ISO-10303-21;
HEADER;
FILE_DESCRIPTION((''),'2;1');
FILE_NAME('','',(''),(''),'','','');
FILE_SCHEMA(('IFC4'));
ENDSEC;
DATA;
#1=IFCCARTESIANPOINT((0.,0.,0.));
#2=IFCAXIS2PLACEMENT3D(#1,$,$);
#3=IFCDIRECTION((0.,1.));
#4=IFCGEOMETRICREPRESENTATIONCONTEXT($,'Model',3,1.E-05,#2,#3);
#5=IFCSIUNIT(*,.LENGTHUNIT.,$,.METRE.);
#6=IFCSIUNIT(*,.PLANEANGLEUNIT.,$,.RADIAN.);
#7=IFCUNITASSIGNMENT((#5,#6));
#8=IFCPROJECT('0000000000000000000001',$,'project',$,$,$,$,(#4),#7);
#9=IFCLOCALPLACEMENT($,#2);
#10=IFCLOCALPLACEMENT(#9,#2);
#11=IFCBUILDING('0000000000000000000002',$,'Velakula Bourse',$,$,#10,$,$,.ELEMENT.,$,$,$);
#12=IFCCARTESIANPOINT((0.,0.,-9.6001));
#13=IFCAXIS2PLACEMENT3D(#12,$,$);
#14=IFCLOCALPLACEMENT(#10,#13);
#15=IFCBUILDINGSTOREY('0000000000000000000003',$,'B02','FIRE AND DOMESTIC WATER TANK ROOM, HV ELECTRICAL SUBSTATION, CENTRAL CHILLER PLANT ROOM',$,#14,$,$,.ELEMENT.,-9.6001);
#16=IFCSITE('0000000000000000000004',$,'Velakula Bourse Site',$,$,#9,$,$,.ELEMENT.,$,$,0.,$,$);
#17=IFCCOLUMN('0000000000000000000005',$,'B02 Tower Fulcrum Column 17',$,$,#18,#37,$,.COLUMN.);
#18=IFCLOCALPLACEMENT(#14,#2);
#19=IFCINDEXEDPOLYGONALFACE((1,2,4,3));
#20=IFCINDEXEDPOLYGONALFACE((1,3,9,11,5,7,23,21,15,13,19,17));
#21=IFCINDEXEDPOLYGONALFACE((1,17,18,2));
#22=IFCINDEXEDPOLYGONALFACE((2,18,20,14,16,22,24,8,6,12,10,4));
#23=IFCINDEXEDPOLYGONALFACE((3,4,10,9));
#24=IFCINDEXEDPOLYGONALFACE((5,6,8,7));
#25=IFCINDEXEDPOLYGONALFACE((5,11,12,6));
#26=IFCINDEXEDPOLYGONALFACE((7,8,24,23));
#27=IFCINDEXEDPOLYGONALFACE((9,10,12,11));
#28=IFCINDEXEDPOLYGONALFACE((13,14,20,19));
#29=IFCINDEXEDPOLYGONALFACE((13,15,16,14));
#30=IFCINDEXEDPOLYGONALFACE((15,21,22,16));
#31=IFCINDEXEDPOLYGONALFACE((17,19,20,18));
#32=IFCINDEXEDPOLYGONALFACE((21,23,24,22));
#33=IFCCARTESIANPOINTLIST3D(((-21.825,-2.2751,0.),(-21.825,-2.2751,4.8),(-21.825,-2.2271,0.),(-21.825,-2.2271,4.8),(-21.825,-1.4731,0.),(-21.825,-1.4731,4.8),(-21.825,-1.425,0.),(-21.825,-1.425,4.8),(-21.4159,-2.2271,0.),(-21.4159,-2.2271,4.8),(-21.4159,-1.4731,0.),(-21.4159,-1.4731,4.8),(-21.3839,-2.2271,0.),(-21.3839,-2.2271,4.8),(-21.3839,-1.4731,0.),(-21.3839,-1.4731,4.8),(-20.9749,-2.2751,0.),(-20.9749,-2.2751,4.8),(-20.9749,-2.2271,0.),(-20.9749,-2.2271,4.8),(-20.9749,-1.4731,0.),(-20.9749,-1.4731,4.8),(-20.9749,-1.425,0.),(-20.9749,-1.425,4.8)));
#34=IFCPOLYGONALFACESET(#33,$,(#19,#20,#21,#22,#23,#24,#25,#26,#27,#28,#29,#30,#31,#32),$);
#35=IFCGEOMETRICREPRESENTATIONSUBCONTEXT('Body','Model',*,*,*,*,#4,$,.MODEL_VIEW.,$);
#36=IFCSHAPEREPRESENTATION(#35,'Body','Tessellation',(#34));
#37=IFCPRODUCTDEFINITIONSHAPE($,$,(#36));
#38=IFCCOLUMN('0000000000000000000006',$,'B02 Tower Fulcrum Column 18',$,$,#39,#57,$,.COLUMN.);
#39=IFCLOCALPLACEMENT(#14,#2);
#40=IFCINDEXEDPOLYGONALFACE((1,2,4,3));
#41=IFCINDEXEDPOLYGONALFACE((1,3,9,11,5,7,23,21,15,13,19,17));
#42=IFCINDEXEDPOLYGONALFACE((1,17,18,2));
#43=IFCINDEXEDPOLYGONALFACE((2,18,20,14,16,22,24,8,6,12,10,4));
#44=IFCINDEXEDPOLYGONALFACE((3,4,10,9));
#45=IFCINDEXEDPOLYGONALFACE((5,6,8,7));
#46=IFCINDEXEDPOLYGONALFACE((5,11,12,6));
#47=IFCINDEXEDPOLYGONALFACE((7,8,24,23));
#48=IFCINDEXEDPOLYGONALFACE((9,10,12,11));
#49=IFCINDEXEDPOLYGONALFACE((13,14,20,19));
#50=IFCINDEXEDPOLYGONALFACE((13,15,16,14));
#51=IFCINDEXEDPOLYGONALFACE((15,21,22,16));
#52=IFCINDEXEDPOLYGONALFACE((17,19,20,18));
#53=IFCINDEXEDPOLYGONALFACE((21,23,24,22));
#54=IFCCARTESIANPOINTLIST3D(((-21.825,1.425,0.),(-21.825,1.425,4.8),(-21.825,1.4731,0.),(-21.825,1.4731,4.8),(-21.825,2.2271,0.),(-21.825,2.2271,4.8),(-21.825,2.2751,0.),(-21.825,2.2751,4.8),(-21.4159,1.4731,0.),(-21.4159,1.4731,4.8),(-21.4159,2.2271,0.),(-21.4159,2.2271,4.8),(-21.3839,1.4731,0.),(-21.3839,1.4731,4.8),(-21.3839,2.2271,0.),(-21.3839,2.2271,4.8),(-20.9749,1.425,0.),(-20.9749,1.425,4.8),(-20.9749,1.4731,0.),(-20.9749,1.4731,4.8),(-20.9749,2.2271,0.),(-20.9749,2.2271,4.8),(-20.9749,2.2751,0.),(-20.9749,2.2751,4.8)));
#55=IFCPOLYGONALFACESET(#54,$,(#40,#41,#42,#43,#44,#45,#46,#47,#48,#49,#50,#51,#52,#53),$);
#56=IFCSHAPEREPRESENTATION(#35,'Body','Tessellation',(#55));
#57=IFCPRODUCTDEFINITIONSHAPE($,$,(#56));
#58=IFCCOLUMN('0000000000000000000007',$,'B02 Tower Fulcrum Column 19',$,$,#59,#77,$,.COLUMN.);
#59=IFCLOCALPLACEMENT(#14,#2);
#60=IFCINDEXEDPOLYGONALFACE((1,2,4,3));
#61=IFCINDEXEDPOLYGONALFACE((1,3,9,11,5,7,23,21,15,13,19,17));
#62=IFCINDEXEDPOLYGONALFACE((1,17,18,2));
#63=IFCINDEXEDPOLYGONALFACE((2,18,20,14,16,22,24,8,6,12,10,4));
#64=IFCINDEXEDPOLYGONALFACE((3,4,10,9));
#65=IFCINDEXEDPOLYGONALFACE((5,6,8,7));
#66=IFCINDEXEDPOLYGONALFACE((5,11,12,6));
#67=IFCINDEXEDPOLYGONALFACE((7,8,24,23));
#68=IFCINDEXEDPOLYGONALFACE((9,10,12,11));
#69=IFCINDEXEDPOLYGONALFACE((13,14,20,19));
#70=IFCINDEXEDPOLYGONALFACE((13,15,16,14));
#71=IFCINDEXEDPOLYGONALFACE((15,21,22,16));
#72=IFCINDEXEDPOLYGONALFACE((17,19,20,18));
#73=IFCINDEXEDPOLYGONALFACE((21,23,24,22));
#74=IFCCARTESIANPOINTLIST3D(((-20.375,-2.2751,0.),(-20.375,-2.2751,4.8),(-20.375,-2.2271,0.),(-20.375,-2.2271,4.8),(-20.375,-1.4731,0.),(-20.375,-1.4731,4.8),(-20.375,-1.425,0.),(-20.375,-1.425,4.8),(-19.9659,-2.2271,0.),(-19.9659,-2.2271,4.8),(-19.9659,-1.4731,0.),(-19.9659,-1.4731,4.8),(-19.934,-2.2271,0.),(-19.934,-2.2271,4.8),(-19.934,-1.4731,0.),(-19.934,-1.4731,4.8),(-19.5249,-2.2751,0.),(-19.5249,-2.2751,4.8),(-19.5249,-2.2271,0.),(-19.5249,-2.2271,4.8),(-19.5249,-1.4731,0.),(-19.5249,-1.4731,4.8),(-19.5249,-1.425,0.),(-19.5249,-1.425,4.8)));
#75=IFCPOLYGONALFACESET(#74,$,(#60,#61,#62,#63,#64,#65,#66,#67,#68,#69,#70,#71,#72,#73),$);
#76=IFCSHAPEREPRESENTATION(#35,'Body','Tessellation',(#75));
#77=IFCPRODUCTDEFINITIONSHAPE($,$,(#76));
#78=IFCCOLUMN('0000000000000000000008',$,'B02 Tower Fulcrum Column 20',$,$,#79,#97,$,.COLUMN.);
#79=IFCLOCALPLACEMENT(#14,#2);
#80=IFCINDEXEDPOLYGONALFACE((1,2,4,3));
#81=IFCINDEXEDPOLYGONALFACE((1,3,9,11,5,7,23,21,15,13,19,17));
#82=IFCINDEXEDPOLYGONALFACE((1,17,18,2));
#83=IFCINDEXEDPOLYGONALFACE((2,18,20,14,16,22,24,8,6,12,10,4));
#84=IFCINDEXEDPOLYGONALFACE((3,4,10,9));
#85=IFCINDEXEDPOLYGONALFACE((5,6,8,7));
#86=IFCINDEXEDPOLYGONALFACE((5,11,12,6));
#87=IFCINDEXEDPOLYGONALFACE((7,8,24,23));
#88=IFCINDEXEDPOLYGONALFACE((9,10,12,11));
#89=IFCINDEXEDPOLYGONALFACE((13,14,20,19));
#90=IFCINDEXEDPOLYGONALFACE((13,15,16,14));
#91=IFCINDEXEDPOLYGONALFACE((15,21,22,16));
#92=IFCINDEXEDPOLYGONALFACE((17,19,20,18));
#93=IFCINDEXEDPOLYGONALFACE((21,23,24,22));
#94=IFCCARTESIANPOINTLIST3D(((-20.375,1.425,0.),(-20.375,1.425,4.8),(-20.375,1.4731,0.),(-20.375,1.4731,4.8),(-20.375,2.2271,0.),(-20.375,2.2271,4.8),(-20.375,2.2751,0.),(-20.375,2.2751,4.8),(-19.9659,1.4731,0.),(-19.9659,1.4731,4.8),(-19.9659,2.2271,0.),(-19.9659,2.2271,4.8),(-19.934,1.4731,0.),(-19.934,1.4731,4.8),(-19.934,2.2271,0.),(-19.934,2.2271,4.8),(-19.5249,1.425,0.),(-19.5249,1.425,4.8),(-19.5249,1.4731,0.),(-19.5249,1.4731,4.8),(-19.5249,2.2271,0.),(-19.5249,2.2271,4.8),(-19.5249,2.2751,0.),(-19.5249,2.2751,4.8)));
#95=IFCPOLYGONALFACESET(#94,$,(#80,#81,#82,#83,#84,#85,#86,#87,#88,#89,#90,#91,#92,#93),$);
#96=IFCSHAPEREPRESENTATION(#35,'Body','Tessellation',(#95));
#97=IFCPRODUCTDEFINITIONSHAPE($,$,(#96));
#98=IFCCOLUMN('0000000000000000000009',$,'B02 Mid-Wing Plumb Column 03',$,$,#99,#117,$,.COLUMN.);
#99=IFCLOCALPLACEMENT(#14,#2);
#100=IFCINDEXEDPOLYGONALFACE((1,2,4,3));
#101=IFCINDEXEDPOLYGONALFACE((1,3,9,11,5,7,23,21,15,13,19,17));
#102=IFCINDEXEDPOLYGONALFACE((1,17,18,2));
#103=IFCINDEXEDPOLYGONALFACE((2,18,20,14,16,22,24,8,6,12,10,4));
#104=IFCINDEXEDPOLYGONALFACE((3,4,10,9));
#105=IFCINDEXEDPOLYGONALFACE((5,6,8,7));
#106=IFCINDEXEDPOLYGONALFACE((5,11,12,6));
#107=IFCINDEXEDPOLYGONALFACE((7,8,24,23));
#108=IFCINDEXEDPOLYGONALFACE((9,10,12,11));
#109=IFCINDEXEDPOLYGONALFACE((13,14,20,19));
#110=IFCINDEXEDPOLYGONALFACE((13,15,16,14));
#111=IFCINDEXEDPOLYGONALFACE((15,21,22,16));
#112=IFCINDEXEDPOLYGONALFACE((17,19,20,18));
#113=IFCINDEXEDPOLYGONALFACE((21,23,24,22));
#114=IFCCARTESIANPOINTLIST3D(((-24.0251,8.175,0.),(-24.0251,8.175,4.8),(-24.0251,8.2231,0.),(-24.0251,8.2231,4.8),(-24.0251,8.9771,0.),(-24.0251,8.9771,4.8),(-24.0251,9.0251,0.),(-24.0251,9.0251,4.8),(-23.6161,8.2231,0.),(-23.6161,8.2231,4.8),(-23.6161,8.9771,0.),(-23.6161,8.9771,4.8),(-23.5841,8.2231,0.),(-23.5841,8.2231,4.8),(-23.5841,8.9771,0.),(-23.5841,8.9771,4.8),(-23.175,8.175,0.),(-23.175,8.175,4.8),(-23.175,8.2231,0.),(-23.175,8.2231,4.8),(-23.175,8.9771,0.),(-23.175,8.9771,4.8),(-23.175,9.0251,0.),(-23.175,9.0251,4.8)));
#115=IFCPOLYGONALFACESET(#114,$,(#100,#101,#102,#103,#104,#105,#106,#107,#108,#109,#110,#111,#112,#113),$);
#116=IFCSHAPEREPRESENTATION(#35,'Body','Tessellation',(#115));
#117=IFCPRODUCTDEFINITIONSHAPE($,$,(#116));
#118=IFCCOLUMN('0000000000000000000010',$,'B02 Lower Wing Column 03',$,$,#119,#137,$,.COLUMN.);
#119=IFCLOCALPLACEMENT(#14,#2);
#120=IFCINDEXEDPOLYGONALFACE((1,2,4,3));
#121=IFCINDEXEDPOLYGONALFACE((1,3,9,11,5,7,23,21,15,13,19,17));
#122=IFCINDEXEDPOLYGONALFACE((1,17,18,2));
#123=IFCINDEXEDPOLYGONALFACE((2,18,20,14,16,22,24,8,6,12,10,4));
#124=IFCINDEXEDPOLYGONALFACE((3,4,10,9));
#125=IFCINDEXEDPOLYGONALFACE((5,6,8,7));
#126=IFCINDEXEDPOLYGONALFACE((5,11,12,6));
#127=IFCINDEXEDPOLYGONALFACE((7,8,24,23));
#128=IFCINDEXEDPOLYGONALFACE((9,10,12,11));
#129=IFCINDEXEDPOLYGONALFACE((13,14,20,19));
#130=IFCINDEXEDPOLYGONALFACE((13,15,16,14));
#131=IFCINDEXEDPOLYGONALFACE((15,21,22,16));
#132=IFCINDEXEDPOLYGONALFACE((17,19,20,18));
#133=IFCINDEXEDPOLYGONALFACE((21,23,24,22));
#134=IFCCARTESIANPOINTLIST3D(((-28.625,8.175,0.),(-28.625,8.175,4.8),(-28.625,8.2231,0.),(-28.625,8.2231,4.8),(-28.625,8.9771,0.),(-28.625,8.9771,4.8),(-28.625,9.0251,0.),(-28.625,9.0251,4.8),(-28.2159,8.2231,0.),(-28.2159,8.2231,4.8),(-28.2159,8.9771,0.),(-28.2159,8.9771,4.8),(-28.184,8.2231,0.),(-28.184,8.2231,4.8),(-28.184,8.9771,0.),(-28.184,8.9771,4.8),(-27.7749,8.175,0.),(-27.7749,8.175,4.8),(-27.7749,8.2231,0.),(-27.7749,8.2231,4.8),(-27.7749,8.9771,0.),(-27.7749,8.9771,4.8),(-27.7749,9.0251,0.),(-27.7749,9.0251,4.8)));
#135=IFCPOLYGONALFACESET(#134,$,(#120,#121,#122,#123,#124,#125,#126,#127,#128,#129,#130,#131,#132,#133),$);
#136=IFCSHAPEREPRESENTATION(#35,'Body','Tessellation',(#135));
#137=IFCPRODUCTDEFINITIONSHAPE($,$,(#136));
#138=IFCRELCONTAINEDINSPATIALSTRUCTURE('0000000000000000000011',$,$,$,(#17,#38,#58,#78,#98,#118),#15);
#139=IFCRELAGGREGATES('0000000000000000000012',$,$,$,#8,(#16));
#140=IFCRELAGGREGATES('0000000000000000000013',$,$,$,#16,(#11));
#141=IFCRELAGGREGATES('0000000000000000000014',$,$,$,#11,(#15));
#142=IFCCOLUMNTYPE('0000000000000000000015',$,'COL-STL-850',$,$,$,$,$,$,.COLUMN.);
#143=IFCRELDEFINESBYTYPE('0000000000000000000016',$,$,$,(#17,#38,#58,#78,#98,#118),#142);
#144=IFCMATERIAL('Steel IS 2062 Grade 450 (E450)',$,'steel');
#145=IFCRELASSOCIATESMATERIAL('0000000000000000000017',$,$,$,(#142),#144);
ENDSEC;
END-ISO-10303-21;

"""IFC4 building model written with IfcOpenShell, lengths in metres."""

from ifc_helpers import new_model, si_unit, direction, frame, origin, origin_2d, place, context, subcontext, project, spatial, i_section, extrude, material, material_profile, profile_set, type_object, element, save


model = new_model("IFC4")

# Units and contexts
model_context = context("Model", 3, precision=1e-05, world=origin(), true_north=direction((0.0, 1.0)))
body_context = subcontext(model_context, "Body", "Model", "MODEL_VIEW")
ifc_project = project(units=[si_unit("LENGTHUNIT", "METRE"), si_unit("PLANEANGLEUNIT", "RADIAN")], contexts=[model_context])

# Site, building, storey
site_placement = place(None, origin())
site = spatial("IfcSite", under=ifc_project, at=site_placement, Name="Velakula Bourse Site", CompositionType="ELEMENT", RefElevation=0.0)
building_placement = place(site_placement, origin())
building = spatial("IfcBuilding", under=site, at=building_placement, Name="Velakula Bourse", CompositionType="ELEMENT")
storey_placement = place(building_placement, frame((0.0, 0.0, -9.6001)))
storey = spatial("IfcBuildingStorey", under=building, at=storey_placement, Name="B02", Description="FIRE AND DOMESTIC WATER TANK ROOM, HV ELECTRICAL SUBSTATION, CENTRAL CHILLER PLANT ROOM", CompositionType="ELEMENT", Elevation=-9.6001)

# Columns
ifc_material_1 = material(Name="Steel IS 2062 Grade 450 (E450)", Category="steel")
ifc_material_profile_1 = material_profile(ifc_material_1, i_section(OverallWidth=0.8501, OverallDepth=0.8501, WebThickness=0.032, FlangeThickness=0.0481, at=origin_2d()), Name="Steel IS 2062 Grade 450 (E450)")
ifc_profile_set_1 = profile_set([ifc_material_profile_1], Name="Steel IS 2062 Grade 450 (E450)")
column_type_1 = type_object("IfcColumnType", Name="COL-STL-850", PredefinedType="COLUMN", material=ifc_profile_set_1)
for number, where, z_axis, x_axis, name in (
    (1, (-21.3999, -1.8501, 0.0), (0.0, 0.0, 1.0), (1.0, 0.0, 0.0), "B02 Tower Fulcrum Column 17"),
    (2, (-21.3999, 1.8501, 0.0), (0.0, 0.0, 1.0), (1.0, 0.0, 0.0), "B02 Tower Fulcrum Column 18"),
    (3, (-19.95, -1.8501, 0.0), (0.0, 0.0, 1.0), (1.0, 0.0, 0.0), "B02 Tower Fulcrum Column 19"),
    (4, (-19.95, 1.8501, 0.0), (0.0, 0.0, 1.0), (1.0, 0.0, 0.0), "B02 Tower Fulcrum Column 20"),
    (5, (-23.6001, 8.6001, 0.0), (0.0, 0.0, 1.0), (1.0, 0.0, 0.0), "B02 Mid-Wing Plumb Column 03"),
    (6, (-28.2, 8.6001, 0.0), (0.0, 0.0, 1.0), (1.0, 0.0, 0.0), "B02 Lower Wing Column 03"),
):
    element("IfcColumn", number, at=place(storey_placement, frame(where, z_axis=z_axis, x_axis=x_axis)), inside=storey, type_object=column_type_1, Name=name, PredefinedType="COLUMN", context=body_context, shape_type="SweptSolid", body=[
        extrude(i_section(OverallWidth=0.8501, OverallDepth=0.8501, WebThickness=0.032, FlangeThickness=0.0481, at=origin_2d()), origin(), (0.0, 0.0, 1.0), 4.8),
    ])

save(model, "model.ifc")
